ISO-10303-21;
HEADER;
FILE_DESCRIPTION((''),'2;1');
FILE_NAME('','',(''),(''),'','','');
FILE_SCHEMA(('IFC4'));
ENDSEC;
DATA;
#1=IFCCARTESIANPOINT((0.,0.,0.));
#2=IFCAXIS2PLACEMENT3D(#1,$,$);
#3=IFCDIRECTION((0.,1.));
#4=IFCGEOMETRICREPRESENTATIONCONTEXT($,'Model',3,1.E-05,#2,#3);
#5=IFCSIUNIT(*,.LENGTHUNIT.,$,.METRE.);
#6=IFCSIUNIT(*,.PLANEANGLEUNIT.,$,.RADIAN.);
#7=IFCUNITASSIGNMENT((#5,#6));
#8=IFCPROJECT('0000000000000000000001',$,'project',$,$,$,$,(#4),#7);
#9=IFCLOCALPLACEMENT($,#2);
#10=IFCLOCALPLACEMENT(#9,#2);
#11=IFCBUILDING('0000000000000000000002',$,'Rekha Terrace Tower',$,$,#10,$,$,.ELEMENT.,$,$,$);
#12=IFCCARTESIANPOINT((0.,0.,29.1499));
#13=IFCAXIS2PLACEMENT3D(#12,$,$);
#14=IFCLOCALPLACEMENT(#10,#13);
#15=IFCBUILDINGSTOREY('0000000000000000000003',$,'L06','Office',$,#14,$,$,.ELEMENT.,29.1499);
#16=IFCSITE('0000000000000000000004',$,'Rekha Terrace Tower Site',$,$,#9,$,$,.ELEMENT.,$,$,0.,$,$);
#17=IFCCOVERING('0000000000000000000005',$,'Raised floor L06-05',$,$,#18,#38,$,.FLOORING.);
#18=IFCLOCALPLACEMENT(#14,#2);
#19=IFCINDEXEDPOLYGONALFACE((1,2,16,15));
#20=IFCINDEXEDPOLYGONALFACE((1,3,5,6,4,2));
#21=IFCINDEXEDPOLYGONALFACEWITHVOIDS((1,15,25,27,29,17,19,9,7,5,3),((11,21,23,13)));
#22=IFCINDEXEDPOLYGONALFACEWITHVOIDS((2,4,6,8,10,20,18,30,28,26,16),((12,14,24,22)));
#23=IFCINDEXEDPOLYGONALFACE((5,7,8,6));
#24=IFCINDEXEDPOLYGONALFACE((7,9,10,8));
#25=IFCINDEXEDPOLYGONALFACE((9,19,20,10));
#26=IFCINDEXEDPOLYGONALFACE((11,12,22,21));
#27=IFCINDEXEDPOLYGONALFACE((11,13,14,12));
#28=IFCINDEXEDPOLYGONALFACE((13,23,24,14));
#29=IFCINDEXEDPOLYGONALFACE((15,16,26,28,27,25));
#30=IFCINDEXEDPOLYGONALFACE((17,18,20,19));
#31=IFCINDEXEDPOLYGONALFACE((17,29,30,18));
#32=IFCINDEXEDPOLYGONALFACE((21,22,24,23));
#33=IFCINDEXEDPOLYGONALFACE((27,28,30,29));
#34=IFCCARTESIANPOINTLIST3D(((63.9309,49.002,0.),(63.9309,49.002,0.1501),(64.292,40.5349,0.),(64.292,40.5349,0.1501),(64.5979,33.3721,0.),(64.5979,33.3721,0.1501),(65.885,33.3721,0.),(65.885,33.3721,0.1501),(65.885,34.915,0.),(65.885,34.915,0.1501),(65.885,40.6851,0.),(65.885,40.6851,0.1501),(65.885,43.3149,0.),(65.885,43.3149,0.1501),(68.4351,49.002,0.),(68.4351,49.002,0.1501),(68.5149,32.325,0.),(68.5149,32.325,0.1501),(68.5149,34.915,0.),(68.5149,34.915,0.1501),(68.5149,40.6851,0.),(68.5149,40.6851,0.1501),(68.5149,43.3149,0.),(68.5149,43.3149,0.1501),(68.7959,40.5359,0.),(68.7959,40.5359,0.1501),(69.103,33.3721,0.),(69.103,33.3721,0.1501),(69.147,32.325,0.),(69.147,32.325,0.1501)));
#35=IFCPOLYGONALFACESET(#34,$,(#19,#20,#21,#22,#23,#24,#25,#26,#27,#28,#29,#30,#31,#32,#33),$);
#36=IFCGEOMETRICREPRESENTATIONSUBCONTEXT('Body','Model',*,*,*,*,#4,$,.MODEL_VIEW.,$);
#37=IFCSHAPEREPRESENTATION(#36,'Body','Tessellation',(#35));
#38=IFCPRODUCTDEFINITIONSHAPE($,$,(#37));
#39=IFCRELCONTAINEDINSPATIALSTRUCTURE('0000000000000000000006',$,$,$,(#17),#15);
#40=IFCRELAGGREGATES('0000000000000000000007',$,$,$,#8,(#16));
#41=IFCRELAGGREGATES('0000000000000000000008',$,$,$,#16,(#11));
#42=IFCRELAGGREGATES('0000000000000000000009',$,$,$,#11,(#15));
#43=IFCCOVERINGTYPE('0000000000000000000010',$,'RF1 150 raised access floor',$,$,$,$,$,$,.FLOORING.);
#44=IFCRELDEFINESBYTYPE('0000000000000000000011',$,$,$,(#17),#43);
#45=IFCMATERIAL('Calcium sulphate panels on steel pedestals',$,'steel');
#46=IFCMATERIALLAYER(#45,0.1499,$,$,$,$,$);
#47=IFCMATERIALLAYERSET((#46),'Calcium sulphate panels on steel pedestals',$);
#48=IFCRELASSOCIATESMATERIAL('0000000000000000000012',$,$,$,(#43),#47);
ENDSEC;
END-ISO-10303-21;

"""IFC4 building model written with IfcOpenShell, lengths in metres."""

from ifc_helpers import new_model, si_unit, direction, frame, origin, place, context, subcontext, project, spatial, polyline, outline, extrude, material, layer, layer_set, type_object, element, save


model = new_model("IFC4")

# Units and contexts
model_context = context("Model", 3, precision=1e-05, world=origin(), true_north=direction((0.0, 1.0)))
body_context = subcontext(model_context, "Body", "Model", "MODEL_VIEW")
ifc_project = project(units=[si_unit("LENGTHUNIT", "METRE"), si_unit("PLANEANGLEUNIT", "RADIAN")], contexts=[model_context])

# Site, building, storey
site_placement = place(None, origin())
site = spatial("IfcSite", under=ifc_project, at=site_placement, Name="Rekha Terrace Tower Site", CompositionType="ELEMENT", RefElevation=0.0)
building_placement = place(site_placement, origin())
building = spatial("IfcBuilding", under=site, at=building_placement, Name="Rekha Terrace Tower", CompositionType="ELEMENT")
storey_placement = place(building_placement, frame((0.0, 0.0, 29.1499)))
storey = spatial("IfcBuildingStorey", under=building, at=storey_placement, Name="L06", Description="Office", CompositionType="ELEMENT", Elevation=29.1499)

# Covering
ifc_material_1 = material(Name="Calcium sulphate panels on steel pedestals", Category="steel")
ifc_layer_1 = layer(ifc_material_1, 0.1499)
ifc_layer_set_1 = layer_set([ifc_layer_1], Name="Calcium sulphate panels on steel pedestals")
covering_type_1 = type_object("IfcCoveringType", Name="RF1 150 raised access floor", PredefinedType="FLOORING", material=ifc_layer_set_1)
covering_1_placement = place(storey_placement, origin())
element("IfcCovering", 1, at=covering_1_placement, inside=storey, type_object=covering_type_1, Name="Raised floor L06-05", PredefinedType="FLOORING", context=body_context, shape_type="SweptSolid", body=[
    extrude(outline(polyline([(68.7959, 40.5359), (68.4351, 49.002), (63.9309, 49.002), (64.292, 40.5349), (64.5979, 33.3721), (65.885, 33.3721), (65.885, 34.915), (68.5149, 34.915), (68.5149, 32.325), (69.147, 32.325), (69.103, 33.3721), (68.7959, 40.5359)]), holes=[polyline([(68.5149, 40.6851), (65.885, 40.6851), (65.885, 43.3149), (68.5149, 43.3149), (68.5149, 40.6851)])]), origin(), (0.0, 0.0, 1.0), 0.1501),
])

save(model, "model.ifc")
